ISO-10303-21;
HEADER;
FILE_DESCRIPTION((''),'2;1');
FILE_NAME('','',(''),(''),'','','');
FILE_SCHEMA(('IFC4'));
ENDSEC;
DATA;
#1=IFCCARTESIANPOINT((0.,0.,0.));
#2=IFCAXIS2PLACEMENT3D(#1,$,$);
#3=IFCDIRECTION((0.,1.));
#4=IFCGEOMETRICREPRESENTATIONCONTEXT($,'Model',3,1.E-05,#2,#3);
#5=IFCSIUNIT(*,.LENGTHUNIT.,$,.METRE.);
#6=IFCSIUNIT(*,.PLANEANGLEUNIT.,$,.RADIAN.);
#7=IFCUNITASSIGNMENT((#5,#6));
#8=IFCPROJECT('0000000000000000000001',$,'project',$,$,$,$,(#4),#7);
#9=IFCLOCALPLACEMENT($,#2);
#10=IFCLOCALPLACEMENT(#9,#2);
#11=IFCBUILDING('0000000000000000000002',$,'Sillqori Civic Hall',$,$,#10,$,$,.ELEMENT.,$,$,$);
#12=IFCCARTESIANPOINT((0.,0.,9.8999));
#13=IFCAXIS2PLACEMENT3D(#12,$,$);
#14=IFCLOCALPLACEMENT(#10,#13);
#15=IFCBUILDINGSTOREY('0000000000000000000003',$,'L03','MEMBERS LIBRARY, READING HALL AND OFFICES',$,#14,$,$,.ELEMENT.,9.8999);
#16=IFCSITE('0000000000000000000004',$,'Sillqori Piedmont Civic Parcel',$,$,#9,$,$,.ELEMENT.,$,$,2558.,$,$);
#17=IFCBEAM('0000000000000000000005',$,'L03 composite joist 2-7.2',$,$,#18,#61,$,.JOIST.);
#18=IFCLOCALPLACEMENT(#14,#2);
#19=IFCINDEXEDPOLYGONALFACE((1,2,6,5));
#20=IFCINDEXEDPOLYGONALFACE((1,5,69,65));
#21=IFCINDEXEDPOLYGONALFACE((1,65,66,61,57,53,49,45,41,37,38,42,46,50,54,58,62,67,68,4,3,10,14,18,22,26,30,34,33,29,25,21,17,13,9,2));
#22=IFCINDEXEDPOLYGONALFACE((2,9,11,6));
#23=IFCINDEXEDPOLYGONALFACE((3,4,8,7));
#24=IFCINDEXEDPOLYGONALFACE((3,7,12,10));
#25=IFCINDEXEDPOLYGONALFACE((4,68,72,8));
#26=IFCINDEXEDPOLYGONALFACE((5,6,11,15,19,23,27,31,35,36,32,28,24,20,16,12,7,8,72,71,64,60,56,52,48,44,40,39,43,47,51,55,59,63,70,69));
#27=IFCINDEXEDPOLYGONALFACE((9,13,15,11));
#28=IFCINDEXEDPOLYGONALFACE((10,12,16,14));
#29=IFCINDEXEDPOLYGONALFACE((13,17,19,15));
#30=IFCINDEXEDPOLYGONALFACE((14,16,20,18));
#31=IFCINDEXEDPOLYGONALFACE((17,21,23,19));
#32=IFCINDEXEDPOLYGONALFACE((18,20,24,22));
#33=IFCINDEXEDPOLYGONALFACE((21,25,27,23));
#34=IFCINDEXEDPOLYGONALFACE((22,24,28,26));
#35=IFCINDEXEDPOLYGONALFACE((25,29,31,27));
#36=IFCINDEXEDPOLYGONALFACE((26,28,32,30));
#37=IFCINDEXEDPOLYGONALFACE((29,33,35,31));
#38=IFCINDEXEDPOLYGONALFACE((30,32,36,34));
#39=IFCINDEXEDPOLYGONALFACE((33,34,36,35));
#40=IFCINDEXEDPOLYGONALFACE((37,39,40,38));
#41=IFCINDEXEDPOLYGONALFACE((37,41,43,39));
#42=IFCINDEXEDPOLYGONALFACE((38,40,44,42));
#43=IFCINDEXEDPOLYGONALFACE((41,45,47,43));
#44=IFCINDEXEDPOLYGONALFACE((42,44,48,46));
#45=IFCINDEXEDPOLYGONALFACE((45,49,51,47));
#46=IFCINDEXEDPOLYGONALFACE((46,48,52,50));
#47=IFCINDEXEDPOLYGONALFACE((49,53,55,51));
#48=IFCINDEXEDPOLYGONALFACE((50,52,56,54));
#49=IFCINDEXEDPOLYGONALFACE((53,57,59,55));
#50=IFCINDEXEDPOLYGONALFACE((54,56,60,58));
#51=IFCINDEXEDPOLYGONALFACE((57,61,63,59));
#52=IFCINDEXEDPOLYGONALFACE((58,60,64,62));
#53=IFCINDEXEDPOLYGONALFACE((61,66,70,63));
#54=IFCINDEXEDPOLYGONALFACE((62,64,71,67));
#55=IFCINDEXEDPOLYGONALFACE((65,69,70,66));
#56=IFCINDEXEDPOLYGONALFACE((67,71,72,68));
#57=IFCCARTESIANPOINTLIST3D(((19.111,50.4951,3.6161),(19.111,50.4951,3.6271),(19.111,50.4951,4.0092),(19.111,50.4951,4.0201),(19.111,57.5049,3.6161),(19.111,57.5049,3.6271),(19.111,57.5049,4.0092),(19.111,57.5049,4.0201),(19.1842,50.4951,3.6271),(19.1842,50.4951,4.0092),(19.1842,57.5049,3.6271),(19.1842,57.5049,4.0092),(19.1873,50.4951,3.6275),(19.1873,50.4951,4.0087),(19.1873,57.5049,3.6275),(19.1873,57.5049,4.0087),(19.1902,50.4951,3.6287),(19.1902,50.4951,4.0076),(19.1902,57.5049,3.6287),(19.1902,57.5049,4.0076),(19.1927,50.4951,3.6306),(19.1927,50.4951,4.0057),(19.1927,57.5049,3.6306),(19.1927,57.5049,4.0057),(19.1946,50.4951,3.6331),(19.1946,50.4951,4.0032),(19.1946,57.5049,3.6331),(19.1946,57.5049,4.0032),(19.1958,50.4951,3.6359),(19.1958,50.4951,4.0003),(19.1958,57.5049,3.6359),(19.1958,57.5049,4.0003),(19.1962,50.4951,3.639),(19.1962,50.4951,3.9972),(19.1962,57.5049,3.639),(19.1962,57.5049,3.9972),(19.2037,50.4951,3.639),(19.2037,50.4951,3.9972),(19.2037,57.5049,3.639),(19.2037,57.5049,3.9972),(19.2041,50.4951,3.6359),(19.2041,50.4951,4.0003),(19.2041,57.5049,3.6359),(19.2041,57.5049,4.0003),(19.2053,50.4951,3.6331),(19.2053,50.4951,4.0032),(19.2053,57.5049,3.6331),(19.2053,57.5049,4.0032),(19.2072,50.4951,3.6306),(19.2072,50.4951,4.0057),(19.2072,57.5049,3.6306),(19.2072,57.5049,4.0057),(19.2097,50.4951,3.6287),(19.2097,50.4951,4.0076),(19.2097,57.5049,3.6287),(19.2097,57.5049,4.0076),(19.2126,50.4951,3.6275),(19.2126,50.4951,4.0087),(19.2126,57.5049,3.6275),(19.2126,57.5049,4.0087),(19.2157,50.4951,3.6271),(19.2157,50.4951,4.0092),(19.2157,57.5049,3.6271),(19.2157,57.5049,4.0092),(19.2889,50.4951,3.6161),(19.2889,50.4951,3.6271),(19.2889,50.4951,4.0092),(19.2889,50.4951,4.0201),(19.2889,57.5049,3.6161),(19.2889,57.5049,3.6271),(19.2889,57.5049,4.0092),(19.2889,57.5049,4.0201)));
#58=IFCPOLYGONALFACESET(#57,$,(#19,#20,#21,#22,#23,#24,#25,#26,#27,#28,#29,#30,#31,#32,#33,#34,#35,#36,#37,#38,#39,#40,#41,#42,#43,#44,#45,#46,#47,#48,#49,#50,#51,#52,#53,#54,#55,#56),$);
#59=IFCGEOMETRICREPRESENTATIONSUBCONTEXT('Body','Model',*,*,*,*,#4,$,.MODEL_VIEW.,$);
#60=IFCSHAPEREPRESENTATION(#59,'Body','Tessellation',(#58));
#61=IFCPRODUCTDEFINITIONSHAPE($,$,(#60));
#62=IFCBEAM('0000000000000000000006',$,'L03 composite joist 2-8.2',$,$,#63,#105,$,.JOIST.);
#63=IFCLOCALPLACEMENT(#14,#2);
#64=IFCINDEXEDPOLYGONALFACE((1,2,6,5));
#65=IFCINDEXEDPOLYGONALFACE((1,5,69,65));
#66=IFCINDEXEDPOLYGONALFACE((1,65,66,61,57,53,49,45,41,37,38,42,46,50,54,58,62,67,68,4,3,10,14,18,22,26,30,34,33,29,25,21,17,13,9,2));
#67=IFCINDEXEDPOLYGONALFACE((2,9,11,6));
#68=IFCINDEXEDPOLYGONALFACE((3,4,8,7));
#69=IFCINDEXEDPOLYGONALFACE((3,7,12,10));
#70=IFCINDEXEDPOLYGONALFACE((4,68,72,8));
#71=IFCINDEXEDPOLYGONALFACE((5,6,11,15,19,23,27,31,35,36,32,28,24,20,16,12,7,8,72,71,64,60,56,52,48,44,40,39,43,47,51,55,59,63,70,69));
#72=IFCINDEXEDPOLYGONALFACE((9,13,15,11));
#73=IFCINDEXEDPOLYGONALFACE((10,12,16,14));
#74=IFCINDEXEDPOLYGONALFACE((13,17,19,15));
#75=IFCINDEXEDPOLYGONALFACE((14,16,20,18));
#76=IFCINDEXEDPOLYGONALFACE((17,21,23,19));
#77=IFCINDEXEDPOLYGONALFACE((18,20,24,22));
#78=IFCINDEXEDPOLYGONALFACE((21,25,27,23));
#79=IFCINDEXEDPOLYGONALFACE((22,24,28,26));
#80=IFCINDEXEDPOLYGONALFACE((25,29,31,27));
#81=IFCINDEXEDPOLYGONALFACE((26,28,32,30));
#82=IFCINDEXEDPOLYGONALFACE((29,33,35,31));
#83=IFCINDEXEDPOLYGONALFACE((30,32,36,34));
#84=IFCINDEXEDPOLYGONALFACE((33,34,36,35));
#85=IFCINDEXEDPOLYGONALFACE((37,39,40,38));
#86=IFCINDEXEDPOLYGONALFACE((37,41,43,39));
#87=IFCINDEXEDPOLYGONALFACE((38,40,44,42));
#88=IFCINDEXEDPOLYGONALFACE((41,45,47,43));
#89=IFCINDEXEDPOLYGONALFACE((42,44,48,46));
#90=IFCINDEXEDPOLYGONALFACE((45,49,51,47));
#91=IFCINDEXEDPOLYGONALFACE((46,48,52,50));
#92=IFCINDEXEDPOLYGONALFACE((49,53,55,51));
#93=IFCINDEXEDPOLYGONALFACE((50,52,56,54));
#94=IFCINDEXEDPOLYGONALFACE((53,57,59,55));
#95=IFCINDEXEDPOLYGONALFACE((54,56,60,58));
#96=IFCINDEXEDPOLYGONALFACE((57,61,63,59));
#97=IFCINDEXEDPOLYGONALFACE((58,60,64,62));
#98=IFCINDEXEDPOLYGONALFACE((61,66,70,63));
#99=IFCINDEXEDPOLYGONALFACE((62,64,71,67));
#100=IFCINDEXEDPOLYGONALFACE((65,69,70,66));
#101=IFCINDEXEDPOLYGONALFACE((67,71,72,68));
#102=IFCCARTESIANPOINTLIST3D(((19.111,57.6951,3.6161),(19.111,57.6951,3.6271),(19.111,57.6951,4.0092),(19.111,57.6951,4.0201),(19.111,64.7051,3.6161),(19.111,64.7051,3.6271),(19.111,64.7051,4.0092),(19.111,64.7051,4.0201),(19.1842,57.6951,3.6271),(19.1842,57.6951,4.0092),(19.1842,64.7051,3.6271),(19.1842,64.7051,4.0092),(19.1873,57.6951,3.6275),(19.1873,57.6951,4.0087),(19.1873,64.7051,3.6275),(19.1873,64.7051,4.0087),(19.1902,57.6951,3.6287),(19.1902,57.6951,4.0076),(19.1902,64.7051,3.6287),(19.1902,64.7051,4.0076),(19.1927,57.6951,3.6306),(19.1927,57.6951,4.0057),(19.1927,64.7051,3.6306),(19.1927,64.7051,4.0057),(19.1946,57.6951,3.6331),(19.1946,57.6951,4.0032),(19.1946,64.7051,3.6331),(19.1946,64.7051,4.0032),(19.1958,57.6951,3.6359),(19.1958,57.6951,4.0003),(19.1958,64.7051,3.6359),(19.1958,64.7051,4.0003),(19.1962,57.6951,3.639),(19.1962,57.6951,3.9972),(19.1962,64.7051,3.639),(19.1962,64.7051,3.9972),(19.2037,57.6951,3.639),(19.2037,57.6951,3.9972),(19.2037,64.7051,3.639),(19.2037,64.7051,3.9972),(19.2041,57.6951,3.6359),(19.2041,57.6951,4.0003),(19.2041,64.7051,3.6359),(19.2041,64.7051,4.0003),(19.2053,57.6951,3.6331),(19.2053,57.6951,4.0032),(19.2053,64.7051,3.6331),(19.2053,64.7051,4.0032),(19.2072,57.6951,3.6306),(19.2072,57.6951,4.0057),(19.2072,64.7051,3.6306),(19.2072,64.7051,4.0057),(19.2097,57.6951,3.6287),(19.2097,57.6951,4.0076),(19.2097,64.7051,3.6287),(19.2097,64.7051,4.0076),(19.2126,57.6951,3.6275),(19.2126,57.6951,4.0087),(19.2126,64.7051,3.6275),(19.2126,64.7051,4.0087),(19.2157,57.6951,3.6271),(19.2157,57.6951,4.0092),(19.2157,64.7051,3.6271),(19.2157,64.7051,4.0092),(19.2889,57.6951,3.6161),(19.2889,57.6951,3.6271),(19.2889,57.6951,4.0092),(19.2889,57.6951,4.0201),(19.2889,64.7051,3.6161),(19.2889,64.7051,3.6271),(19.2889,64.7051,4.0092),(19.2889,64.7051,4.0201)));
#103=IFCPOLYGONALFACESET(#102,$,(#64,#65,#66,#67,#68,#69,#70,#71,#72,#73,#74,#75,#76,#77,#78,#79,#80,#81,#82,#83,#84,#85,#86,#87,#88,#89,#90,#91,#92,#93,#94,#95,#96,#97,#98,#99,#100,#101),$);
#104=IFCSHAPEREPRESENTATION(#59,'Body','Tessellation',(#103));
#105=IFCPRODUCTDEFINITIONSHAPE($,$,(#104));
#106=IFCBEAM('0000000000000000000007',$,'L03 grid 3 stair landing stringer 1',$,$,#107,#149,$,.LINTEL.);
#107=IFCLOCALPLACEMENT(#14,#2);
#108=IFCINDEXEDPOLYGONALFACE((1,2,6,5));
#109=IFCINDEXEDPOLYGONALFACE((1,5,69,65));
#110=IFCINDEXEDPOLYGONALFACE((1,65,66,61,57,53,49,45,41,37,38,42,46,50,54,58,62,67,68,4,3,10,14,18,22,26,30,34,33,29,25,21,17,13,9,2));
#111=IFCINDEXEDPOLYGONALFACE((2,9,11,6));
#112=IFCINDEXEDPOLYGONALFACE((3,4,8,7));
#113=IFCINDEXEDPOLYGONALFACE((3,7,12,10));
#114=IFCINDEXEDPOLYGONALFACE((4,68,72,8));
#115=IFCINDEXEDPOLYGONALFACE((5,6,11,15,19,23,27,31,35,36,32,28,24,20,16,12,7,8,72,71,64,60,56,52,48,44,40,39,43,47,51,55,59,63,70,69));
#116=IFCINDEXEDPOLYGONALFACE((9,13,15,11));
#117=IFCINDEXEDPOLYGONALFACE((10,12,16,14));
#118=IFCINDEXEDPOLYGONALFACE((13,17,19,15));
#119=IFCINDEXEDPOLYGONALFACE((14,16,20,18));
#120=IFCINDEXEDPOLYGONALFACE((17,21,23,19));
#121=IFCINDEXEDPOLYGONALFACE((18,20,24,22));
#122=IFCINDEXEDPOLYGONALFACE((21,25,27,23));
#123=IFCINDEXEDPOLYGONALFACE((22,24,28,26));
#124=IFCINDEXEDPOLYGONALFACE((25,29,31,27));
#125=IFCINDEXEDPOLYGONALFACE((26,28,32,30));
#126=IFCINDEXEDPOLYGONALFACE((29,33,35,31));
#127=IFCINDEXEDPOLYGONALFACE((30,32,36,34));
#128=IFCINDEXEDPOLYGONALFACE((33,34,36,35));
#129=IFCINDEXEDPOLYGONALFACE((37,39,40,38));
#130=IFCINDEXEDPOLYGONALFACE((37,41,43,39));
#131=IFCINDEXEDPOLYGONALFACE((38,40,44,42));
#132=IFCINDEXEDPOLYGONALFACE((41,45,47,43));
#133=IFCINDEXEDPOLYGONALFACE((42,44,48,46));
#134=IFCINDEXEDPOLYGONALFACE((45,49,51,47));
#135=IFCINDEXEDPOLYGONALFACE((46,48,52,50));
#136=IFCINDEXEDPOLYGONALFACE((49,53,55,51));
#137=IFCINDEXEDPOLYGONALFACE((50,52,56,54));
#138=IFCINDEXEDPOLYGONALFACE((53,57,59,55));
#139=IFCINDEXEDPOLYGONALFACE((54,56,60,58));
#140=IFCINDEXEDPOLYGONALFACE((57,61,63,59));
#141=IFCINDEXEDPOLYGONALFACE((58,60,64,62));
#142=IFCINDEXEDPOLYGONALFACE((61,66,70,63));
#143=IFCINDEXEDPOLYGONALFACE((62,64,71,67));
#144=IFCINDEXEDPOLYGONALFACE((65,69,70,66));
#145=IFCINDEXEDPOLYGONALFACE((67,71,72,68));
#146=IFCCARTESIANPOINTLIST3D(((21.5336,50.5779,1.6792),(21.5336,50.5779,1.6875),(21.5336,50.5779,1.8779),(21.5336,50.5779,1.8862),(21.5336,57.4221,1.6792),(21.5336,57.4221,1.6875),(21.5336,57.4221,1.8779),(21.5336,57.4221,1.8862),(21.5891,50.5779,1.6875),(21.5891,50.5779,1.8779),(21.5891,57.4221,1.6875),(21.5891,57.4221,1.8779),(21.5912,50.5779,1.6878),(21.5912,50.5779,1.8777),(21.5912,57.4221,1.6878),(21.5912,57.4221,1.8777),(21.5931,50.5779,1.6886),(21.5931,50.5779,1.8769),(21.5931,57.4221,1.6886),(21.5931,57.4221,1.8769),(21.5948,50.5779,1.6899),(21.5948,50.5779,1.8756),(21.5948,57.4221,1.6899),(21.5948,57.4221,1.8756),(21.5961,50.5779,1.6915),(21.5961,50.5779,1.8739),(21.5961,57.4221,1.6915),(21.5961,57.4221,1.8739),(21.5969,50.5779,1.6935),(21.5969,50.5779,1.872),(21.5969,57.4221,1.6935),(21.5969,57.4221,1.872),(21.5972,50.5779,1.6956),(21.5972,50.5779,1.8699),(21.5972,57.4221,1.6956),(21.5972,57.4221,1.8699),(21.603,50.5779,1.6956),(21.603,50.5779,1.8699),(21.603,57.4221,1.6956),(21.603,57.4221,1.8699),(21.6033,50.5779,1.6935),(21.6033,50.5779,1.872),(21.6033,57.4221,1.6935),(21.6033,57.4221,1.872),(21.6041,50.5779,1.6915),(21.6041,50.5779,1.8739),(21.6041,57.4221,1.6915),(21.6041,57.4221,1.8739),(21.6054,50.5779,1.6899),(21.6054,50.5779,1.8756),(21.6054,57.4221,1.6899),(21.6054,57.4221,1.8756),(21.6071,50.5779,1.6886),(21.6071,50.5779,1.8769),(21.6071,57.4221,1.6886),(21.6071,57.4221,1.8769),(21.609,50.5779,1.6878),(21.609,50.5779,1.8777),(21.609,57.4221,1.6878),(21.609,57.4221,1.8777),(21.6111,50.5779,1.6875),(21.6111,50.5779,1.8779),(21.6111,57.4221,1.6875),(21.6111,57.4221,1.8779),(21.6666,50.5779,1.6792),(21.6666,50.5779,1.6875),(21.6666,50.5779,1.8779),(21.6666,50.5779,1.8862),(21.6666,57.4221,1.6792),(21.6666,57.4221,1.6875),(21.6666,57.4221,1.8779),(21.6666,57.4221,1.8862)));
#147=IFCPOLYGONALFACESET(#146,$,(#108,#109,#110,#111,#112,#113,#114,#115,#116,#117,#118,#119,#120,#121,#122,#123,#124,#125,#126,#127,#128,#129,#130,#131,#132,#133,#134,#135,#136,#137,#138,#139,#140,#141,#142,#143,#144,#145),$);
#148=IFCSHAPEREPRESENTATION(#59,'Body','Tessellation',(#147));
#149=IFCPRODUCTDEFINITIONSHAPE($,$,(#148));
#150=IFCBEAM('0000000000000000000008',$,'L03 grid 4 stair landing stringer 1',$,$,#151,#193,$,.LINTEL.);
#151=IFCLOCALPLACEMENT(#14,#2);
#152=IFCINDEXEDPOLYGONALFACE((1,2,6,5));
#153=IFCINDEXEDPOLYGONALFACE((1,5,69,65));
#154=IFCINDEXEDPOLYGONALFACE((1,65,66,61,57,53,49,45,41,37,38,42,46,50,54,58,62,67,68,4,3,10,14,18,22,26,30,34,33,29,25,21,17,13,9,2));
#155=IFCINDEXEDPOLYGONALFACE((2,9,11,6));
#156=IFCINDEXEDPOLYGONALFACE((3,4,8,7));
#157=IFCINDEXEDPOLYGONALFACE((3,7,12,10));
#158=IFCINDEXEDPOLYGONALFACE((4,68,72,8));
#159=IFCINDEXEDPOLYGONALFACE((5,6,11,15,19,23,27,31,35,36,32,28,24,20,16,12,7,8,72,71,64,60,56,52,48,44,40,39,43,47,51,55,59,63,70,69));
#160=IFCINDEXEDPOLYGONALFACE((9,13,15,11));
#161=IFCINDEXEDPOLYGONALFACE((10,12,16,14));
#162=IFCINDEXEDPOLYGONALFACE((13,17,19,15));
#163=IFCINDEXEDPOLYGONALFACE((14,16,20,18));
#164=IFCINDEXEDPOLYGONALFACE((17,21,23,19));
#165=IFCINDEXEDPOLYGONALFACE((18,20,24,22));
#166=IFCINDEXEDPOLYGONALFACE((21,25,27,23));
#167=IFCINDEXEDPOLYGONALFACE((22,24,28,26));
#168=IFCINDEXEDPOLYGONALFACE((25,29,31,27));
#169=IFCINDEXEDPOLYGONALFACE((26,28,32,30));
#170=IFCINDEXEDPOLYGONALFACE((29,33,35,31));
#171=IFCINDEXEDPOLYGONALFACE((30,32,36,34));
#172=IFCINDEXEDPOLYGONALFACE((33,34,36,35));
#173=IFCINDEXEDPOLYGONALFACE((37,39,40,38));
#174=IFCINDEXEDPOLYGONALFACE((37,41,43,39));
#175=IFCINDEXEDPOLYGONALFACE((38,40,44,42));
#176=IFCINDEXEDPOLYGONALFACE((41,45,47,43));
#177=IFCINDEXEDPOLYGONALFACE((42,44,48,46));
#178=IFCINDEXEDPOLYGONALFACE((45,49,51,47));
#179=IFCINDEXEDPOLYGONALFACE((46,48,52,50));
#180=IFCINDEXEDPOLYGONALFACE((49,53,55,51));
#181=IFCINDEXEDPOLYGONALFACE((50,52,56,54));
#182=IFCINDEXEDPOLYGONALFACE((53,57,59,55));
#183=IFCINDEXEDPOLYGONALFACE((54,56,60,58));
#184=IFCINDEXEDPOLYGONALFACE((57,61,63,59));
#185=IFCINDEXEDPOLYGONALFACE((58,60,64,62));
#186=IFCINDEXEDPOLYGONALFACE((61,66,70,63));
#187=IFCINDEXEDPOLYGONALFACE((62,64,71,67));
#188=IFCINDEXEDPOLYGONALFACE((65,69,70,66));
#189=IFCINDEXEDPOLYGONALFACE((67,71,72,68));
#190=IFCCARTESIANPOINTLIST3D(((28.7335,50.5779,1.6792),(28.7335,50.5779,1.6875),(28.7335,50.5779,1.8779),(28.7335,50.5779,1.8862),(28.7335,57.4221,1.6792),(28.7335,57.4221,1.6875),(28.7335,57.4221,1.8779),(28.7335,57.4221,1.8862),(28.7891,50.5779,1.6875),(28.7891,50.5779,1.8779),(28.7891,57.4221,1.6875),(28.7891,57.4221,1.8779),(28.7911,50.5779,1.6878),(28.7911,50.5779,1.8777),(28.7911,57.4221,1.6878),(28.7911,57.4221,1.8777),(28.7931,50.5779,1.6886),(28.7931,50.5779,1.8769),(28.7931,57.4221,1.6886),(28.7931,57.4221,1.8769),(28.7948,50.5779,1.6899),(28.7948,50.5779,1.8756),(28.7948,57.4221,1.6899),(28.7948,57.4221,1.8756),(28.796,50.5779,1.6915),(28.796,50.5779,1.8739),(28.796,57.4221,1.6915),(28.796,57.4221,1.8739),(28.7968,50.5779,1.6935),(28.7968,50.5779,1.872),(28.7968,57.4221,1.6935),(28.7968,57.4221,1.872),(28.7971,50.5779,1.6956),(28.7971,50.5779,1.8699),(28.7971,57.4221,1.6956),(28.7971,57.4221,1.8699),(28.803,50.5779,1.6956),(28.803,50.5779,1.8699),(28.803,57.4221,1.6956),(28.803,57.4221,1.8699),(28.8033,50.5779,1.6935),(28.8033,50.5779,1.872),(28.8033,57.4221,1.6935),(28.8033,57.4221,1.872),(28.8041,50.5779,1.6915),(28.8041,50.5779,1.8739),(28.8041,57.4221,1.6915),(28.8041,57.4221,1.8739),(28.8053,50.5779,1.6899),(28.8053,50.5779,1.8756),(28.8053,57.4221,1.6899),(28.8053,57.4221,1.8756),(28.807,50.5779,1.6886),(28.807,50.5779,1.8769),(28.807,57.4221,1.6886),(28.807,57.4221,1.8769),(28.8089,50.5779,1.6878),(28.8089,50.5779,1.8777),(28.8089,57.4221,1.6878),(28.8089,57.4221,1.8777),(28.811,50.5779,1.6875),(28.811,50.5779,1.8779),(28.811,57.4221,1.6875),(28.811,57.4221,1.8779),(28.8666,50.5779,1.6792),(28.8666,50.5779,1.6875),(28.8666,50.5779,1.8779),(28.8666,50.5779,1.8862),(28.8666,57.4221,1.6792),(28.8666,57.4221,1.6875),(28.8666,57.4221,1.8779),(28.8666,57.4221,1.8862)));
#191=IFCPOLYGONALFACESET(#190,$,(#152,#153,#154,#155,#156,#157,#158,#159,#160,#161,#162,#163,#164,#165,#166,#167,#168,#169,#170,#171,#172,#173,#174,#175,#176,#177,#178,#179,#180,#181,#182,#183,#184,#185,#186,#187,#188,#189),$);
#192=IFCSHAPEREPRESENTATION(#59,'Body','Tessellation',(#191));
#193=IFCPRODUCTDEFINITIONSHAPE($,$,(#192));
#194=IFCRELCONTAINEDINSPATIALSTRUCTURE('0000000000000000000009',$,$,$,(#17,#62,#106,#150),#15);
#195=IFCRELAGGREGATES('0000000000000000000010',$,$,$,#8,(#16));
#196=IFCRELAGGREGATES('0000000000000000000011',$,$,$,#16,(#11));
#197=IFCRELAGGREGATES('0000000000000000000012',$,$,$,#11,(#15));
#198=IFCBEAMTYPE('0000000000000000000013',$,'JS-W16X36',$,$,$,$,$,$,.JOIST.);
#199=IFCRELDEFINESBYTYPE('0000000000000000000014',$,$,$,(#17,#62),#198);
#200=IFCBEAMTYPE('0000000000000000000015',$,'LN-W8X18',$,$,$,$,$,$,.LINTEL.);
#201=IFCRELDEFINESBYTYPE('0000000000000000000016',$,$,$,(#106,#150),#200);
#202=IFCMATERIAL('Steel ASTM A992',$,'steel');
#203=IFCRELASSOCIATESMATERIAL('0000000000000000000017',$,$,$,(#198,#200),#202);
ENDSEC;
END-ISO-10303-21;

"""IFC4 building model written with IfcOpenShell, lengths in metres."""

from ifc_helpers import new_model, si_unit, direction, frame, origin, origin_2d, place, context, subcontext, project, spatial, i_section, extrude, material, material_profile, profile_set, type_object, element, save


model = new_model("IFC4")

# Units and contexts
model_context = context("Model", 3, precision=1e-05, world=origin(), true_north=direction((0.0, 1.0)))
body_context = subcontext(model_context, "Body", "Model", "MODEL_VIEW")
ifc_project = project(units=[si_unit("LENGTHUNIT", "METRE"), si_unit("PLANEANGLEUNIT", "RADIAN")], contexts=[model_context])

# Site, building, storey
site_placement = place(None, origin())
site = spatial("IfcSite", under=ifc_project, at=site_placement, Name="Sillqori Piedmont Civic Parcel", CompositionType="ELEMENT", RefElevation=2558.0)
building_placement = place(site_placement, origin())
building = spatial("IfcBuilding", under=site, at=building_placement, Name="Sillqori Civic Hall", CompositionType="ELEMENT")
storey_placement = place(building_placement, frame((0.0, 0.0, 9.8999)))
storey = spatial("IfcBuildingStorey", under=building, at=storey_placement, Name="L03", Description="MEMBERS LIBRARY, READING HALL AND OFFICES", CompositionType="ELEMENT", Elevation=9.8999)

# Shared definitions
ifc_material_1 = material(Name="Steel ASTM A992", Category="steel")

# Beams
ifc_material_profile_1 = material_profile(ifc_material_1, i_section(OverallWidth=0.178, OverallDepth=0.4041, WebThickness=0.0076, FlangeThickness=0.011, FilletRadius=0.012, at=origin_2d()), Name="W16X36")
ifc_profile_set_1 = profile_set([ifc_material_profile_1], Name="Steel ASTM A992")
beam_type_1 = type_object("IfcBeamType", Name="JS-W16X36", PredefinedType="JOIST", material=ifc_profile_set_1)
beam_1_placement = place(storey_placement, frame((19.2, 50.4951, 3.8181), z_axis=(0.0, 1.0, 0.0), x_axis=(-1.0, 0.0, 0.0)))
element("IfcBeam", 1, at=beam_1_placement, inside=storey, type_object=beam_type_1, Name="L03 composite joist 2-7.2", PredefinedType="JOIST", context=body_context, shape_type="SweptSolid", body=[
    extrude(i_section(OverallWidth=0.178, OverallDepth=0.4041, WebThickness=0.0076, FlangeThickness=0.011, FilletRadius=0.012, at=origin_2d()), origin(), (0.0, 0.0, 1.0), 7.0098),
])
beam_2_placement = place(storey_placement, frame((19.2, 57.6951, 3.8181), z_axis=(0.0, 1.0, 0.0), x_axis=(-1.0, 0.0, 0.0)))
element("IfcBeam", 2, at=beam_2_placement, inside=storey, type_object=beam_type_1, Name="L03 composite joist 2-8.2", PredefinedType="JOIST", context=body_context, shape_type="SweptSolid", body=[
    extrude(i_section(OverallWidth=0.178, OverallDepth=0.4041, WebThickness=0.0076, FlangeThickness=0.011, FilletRadius=0.012, at=origin_2d()), origin(), (0.0, 0.0, 1.0), 7.01),
])
ifc_material_profile_2 = material_profile(ifc_material_1, i_section(OverallWidth=0.1331, OverallDepth=0.207, WebThickness=0.0059, FlangeThickness=0.0083, FilletRadius=0.0081, at=origin_2d()), Name="W8X18")
ifc_profile_set_2 = profile_set([ifc_material_profile_2], Name="Steel ASTM A992")
beam_type_2 = type_object("IfcBeamType", Name="LN-W8X18", PredefinedType="LINTEL", material=ifc_profile_set_2)
for number, where, z_axis, x_axis, name in (
    (3, (21.6001, 50.5779, 1.7827), (0.0, 1.0, 0.0), (-1.0, 0.0, 0.0), "L03 grid 3 stair landing stringer 1"),
    (4, (28.8, 50.5779, 1.7827), (0.0, 1.0, 0.0), (-1.0, 0.0, 0.0), "L03 grid 4 stair landing stringer 1"),
):
    element("IfcBeam", number, at=place(storey_placement, frame(where, z_axis=z_axis, x_axis=x_axis)), inside=storey, type_object=beam_type_2, Name=name, PredefinedType="LINTEL", context=body_context, shape_type="SweptSolid", body=[
        extrude(i_section(OverallWidth=0.1331, OverallDepth=0.207, WebThickness=0.0059, FlangeThickness=0.0083, FilletRadius=0.0081, at=origin_2d()), origin(), (0.0, 0.0, 1.0), 6.8442),
    ])

save(model, "model.ifc")
